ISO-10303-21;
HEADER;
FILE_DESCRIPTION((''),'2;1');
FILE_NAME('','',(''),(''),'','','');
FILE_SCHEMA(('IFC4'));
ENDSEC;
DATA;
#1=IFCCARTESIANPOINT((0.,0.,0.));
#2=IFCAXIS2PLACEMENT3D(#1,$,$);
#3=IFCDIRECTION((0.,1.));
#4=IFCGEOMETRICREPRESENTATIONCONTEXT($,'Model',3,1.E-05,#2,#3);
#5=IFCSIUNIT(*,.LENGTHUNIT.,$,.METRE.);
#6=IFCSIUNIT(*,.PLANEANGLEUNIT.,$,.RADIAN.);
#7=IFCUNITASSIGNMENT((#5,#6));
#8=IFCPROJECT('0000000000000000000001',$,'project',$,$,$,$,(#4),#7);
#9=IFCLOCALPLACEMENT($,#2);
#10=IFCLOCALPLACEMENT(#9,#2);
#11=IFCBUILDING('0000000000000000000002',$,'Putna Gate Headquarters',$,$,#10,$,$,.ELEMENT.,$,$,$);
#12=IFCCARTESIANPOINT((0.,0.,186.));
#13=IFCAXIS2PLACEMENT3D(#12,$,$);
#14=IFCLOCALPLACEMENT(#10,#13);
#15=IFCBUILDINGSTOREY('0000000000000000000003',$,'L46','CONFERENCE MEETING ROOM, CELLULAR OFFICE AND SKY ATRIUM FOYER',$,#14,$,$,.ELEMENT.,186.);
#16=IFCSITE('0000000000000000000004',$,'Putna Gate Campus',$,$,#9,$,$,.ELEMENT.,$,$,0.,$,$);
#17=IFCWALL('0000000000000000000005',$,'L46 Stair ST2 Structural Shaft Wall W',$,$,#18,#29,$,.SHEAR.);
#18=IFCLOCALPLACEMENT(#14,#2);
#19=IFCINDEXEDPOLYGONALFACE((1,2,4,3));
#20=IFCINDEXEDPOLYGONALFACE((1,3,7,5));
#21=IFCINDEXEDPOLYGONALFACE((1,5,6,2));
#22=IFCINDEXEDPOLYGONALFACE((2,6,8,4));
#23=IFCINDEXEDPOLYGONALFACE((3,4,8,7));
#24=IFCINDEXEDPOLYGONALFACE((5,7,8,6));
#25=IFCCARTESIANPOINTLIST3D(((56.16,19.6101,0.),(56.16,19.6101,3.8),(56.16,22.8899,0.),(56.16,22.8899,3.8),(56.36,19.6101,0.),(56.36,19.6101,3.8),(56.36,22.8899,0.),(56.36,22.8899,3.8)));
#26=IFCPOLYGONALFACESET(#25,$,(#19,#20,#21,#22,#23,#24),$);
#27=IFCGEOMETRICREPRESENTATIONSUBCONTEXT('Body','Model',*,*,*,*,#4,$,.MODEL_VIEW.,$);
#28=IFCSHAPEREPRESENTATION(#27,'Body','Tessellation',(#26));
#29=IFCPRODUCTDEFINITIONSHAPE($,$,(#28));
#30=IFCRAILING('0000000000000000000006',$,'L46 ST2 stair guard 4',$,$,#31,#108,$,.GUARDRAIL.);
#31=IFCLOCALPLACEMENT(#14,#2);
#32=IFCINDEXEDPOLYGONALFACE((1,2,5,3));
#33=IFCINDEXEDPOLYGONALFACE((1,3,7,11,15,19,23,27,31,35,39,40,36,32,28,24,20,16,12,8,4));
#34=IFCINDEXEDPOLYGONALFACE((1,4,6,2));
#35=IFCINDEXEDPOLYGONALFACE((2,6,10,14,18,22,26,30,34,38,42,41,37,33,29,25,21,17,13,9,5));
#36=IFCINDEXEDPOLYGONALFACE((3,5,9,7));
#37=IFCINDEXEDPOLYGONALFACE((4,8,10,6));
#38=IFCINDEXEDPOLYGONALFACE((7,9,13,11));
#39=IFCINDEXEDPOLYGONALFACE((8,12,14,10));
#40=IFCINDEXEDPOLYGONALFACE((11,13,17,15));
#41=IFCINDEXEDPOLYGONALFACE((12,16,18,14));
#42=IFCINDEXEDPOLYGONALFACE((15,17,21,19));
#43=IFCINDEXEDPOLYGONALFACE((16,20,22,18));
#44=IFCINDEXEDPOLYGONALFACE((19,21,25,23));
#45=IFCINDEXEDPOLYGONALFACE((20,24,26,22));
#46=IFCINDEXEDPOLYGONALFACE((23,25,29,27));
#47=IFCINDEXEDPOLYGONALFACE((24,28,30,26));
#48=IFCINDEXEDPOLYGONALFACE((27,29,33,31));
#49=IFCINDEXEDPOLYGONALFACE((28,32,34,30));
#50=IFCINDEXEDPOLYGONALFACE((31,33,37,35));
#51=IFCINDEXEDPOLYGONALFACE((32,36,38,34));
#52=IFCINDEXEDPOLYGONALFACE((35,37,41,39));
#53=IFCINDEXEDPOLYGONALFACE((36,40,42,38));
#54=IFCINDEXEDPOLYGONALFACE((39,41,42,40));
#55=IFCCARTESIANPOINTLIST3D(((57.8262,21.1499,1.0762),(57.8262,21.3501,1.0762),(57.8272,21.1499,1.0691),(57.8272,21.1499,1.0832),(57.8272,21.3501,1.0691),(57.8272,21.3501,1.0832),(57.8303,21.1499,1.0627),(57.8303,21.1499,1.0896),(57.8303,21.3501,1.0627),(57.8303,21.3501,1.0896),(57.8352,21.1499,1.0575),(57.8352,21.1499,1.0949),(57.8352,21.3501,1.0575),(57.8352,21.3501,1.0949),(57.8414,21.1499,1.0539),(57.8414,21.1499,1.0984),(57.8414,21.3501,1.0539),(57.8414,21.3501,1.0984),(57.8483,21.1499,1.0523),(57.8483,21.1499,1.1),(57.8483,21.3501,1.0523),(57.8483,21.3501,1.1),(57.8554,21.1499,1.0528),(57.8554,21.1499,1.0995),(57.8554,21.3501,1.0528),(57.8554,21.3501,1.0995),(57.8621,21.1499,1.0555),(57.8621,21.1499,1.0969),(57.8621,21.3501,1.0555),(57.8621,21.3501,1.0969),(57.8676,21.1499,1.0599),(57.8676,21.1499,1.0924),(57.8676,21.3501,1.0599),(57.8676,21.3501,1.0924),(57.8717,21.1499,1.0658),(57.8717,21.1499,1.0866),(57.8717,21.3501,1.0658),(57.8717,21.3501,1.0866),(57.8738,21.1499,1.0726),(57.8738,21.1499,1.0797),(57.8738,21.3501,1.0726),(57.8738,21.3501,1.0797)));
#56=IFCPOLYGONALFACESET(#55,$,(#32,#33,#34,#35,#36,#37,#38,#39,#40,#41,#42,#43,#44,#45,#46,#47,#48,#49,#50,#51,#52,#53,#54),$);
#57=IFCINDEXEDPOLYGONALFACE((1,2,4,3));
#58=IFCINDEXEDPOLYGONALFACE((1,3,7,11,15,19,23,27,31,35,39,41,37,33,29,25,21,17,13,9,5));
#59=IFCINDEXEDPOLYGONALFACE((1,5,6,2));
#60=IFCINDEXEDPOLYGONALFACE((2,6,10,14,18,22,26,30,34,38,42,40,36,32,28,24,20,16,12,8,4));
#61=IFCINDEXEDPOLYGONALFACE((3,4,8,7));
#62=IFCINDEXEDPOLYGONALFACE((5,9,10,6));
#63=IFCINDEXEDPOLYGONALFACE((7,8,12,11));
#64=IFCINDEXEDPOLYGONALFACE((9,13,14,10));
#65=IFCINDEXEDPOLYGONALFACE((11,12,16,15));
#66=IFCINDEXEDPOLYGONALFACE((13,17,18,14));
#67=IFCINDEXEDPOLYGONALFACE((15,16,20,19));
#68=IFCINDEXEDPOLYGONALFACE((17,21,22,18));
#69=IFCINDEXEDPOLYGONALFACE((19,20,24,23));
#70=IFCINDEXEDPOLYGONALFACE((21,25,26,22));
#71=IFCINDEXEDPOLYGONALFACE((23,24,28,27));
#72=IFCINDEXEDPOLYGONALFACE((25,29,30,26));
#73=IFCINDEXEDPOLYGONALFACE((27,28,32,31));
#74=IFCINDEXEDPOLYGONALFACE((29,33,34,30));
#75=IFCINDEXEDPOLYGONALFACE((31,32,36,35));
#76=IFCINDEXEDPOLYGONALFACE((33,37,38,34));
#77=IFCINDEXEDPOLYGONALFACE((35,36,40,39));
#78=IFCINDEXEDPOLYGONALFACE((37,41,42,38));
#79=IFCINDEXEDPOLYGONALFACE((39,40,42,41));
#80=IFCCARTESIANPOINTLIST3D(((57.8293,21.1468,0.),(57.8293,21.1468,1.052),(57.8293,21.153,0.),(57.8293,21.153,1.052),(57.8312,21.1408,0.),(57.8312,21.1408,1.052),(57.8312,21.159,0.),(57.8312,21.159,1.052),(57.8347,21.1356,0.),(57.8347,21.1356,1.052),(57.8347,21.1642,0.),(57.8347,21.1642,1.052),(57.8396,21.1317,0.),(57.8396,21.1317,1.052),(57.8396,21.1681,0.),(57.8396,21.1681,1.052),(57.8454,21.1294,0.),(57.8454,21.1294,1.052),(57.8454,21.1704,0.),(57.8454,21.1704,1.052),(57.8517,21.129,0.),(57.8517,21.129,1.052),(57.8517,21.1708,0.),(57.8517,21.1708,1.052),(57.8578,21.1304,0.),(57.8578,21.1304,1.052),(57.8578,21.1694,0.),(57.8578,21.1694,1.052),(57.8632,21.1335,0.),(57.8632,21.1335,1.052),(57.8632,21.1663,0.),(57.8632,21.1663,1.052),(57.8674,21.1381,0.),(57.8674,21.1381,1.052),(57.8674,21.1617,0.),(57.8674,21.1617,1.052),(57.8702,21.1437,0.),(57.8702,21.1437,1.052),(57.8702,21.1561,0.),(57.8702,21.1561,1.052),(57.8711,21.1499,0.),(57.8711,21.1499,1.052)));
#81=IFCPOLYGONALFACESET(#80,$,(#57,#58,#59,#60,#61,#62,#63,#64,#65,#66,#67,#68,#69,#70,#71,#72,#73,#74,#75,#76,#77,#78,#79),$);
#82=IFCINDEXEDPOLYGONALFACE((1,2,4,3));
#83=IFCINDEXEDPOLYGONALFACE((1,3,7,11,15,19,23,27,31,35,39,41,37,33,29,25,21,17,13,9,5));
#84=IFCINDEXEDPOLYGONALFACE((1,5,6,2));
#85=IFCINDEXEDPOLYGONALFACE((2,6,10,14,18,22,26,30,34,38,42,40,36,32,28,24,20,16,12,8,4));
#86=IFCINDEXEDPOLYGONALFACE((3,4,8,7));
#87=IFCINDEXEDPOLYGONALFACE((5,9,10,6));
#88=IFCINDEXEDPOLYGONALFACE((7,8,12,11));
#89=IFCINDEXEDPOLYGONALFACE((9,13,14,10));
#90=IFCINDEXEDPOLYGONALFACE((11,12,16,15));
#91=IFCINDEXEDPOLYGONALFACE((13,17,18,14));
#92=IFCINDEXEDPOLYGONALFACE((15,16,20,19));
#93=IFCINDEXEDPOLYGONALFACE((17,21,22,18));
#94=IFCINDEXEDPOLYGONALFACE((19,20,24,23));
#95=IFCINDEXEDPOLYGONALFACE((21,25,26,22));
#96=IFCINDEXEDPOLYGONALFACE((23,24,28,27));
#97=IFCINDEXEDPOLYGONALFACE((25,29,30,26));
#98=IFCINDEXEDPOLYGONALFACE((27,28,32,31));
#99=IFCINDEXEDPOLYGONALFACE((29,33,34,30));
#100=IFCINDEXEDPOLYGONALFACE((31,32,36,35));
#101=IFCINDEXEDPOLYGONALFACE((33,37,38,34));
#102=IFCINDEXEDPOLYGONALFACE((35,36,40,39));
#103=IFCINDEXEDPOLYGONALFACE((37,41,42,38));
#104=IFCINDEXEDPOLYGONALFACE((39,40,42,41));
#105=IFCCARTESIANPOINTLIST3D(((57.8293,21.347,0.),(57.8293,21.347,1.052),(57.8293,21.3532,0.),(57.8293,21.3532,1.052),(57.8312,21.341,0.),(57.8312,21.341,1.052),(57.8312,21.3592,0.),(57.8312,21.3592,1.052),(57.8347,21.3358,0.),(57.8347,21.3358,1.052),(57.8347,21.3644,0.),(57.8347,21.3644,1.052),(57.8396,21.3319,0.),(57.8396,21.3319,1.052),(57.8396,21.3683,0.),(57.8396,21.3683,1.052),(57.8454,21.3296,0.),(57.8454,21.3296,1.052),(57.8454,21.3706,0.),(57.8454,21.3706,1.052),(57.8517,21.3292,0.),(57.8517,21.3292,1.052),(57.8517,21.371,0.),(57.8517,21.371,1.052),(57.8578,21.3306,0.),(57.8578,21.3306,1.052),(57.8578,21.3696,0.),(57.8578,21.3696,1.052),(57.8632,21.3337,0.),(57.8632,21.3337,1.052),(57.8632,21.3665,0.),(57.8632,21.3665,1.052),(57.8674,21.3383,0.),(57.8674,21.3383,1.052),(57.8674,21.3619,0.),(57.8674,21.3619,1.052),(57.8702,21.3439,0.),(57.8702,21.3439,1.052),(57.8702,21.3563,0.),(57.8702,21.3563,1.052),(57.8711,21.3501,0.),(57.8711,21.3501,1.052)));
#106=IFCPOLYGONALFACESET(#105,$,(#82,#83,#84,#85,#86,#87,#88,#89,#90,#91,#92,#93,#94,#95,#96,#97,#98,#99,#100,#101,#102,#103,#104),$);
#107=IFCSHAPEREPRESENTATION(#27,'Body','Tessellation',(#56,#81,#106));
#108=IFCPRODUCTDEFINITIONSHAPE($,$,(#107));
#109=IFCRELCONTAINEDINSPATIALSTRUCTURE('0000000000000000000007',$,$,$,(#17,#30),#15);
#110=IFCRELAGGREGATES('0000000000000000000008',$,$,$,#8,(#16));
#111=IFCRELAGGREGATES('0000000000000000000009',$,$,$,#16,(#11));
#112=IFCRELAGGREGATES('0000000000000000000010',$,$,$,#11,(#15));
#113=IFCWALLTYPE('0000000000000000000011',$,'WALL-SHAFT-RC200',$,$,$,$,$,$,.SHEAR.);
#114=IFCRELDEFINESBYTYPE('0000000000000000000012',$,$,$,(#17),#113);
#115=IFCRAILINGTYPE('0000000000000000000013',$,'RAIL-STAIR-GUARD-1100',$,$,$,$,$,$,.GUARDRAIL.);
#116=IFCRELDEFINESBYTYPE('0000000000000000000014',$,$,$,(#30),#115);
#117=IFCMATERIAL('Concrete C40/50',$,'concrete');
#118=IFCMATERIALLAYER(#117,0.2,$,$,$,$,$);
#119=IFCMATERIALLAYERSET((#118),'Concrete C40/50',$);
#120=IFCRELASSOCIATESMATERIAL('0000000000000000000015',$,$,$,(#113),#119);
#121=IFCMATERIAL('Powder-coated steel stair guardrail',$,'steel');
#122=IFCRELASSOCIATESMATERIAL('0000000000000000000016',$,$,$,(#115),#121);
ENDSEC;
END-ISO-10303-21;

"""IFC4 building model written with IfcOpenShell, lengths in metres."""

from ifc_helpers import new_model, si_unit, direction, frame, frame_2d, origin, origin_2d, place, context, subcontext, project, spatial, rectangle, circle, extrude, material, layer, layer_set, type_object, element, save


model = new_model("IFC4")

# Units and contexts
model_context = context("Model", 3, precision=1e-05, world=origin(), true_north=direction((0.0, 1.0)))
body_context = subcontext(model_context, "Body", "Model", "MODEL_VIEW")
ifc_project = project(units=[si_unit("LENGTHUNIT", "METRE"), si_unit("PLANEANGLEUNIT", "RADIAN")], contexts=[model_context])

# Site, building, storey
site_placement = place(None, origin())
site = spatial("IfcSite", under=ifc_project, at=site_placement, Name="Putna Gate Campus", CompositionType="ELEMENT", RefElevation=0.0)
building_placement = place(site_placement, origin())
building = spatial("IfcBuilding", under=site, at=building_placement, Name="Putna Gate Headquarters", CompositionType="ELEMENT")
storey_placement = place(building_placement, frame((0.0, 0.0, 186.0)))
storey = spatial("IfcBuildingStorey", under=building, at=storey_placement, Name="L46", Description="CONFERENCE MEETING ROOM, CELLULAR OFFICE AND SKY ATRIUM FOYER", CompositionType="ELEMENT", Elevation=186.0)

# Shared definitions
ifc_material_1 = material(Name="Concrete C40/50", Category="concrete")

# Shared definitions
ifc_layer_1 = layer(ifc_material_1, 0.2)
ifc_layer_set_1 = layer_set([ifc_layer_1], Name="Concrete C40/50")
wall_type_1 = type_object("IfcWallType", Name="WALL-SHAFT-RC200", PredefinedType="SHEAR", material=ifc_layer_set_1)

# Wall
wall_1_placement = place(storey_placement, frame((56.26, 19.6101, 0.0), z_axis=(0.0, 0.0, 1.0), x_axis=(0.0, 1.0, 0.0)))
element("IfcWall", 1, at=wall_1_placement, inside=storey, type_object=wall_type_1, Name="L46 Stair ST2 Structural Shaft Wall W", PredefinedType="SHEAR", context=body_context, shape_type="SweptSolid", body=[
    extrude(rectangle(XDim=3.2798, YDim=0.2, at=frame_2d((1.6399, 0.0))), origin(), (0.0, 0.0, 1.0), 3.8),
])

# Railing
ifc_material_2 = material(Name="Powder-coated steel stair guardrail", Category="steel")
railing_type = type_object("IfcRailingType", Name="RAIL-STAIR-GUARD-1100", PredefinedType="GUARDRAIL", material=ifc_material_2)
railing_placement = place(storey_placement, frame((57.8501, 21.1499, 0.0)))
element("IfcRailing", 2, at=railing_placement, inside=storey, type_object=railing_type, Name="L46 ST2 stair guard 4", PredefinedType="GUARDRAIL", context=body_context, shape_type="SweptSolid", body=[
    extrude(circle(Radius=0.0239, at=origin_2d()), frame((0.0, 0.0, 1.0762), z_axis=(0.0, 1.0, 0.0), x_axis=(-1.0, 0.0, 0.0)), (0.0, 0.0, 1.0), 0.2002),
    extrude(circle(Radius=0.021, at=origin_2d()), origin(), (0.0, 0.0, 1.0), 1.052),
    extrude(circle(Radius=0.021, at=origin_2d()), frame((0.0, 0.2002, 0.0)), (0.0, 0.0, 1.0), 1.052),
])

save(model, "model.ifc")
